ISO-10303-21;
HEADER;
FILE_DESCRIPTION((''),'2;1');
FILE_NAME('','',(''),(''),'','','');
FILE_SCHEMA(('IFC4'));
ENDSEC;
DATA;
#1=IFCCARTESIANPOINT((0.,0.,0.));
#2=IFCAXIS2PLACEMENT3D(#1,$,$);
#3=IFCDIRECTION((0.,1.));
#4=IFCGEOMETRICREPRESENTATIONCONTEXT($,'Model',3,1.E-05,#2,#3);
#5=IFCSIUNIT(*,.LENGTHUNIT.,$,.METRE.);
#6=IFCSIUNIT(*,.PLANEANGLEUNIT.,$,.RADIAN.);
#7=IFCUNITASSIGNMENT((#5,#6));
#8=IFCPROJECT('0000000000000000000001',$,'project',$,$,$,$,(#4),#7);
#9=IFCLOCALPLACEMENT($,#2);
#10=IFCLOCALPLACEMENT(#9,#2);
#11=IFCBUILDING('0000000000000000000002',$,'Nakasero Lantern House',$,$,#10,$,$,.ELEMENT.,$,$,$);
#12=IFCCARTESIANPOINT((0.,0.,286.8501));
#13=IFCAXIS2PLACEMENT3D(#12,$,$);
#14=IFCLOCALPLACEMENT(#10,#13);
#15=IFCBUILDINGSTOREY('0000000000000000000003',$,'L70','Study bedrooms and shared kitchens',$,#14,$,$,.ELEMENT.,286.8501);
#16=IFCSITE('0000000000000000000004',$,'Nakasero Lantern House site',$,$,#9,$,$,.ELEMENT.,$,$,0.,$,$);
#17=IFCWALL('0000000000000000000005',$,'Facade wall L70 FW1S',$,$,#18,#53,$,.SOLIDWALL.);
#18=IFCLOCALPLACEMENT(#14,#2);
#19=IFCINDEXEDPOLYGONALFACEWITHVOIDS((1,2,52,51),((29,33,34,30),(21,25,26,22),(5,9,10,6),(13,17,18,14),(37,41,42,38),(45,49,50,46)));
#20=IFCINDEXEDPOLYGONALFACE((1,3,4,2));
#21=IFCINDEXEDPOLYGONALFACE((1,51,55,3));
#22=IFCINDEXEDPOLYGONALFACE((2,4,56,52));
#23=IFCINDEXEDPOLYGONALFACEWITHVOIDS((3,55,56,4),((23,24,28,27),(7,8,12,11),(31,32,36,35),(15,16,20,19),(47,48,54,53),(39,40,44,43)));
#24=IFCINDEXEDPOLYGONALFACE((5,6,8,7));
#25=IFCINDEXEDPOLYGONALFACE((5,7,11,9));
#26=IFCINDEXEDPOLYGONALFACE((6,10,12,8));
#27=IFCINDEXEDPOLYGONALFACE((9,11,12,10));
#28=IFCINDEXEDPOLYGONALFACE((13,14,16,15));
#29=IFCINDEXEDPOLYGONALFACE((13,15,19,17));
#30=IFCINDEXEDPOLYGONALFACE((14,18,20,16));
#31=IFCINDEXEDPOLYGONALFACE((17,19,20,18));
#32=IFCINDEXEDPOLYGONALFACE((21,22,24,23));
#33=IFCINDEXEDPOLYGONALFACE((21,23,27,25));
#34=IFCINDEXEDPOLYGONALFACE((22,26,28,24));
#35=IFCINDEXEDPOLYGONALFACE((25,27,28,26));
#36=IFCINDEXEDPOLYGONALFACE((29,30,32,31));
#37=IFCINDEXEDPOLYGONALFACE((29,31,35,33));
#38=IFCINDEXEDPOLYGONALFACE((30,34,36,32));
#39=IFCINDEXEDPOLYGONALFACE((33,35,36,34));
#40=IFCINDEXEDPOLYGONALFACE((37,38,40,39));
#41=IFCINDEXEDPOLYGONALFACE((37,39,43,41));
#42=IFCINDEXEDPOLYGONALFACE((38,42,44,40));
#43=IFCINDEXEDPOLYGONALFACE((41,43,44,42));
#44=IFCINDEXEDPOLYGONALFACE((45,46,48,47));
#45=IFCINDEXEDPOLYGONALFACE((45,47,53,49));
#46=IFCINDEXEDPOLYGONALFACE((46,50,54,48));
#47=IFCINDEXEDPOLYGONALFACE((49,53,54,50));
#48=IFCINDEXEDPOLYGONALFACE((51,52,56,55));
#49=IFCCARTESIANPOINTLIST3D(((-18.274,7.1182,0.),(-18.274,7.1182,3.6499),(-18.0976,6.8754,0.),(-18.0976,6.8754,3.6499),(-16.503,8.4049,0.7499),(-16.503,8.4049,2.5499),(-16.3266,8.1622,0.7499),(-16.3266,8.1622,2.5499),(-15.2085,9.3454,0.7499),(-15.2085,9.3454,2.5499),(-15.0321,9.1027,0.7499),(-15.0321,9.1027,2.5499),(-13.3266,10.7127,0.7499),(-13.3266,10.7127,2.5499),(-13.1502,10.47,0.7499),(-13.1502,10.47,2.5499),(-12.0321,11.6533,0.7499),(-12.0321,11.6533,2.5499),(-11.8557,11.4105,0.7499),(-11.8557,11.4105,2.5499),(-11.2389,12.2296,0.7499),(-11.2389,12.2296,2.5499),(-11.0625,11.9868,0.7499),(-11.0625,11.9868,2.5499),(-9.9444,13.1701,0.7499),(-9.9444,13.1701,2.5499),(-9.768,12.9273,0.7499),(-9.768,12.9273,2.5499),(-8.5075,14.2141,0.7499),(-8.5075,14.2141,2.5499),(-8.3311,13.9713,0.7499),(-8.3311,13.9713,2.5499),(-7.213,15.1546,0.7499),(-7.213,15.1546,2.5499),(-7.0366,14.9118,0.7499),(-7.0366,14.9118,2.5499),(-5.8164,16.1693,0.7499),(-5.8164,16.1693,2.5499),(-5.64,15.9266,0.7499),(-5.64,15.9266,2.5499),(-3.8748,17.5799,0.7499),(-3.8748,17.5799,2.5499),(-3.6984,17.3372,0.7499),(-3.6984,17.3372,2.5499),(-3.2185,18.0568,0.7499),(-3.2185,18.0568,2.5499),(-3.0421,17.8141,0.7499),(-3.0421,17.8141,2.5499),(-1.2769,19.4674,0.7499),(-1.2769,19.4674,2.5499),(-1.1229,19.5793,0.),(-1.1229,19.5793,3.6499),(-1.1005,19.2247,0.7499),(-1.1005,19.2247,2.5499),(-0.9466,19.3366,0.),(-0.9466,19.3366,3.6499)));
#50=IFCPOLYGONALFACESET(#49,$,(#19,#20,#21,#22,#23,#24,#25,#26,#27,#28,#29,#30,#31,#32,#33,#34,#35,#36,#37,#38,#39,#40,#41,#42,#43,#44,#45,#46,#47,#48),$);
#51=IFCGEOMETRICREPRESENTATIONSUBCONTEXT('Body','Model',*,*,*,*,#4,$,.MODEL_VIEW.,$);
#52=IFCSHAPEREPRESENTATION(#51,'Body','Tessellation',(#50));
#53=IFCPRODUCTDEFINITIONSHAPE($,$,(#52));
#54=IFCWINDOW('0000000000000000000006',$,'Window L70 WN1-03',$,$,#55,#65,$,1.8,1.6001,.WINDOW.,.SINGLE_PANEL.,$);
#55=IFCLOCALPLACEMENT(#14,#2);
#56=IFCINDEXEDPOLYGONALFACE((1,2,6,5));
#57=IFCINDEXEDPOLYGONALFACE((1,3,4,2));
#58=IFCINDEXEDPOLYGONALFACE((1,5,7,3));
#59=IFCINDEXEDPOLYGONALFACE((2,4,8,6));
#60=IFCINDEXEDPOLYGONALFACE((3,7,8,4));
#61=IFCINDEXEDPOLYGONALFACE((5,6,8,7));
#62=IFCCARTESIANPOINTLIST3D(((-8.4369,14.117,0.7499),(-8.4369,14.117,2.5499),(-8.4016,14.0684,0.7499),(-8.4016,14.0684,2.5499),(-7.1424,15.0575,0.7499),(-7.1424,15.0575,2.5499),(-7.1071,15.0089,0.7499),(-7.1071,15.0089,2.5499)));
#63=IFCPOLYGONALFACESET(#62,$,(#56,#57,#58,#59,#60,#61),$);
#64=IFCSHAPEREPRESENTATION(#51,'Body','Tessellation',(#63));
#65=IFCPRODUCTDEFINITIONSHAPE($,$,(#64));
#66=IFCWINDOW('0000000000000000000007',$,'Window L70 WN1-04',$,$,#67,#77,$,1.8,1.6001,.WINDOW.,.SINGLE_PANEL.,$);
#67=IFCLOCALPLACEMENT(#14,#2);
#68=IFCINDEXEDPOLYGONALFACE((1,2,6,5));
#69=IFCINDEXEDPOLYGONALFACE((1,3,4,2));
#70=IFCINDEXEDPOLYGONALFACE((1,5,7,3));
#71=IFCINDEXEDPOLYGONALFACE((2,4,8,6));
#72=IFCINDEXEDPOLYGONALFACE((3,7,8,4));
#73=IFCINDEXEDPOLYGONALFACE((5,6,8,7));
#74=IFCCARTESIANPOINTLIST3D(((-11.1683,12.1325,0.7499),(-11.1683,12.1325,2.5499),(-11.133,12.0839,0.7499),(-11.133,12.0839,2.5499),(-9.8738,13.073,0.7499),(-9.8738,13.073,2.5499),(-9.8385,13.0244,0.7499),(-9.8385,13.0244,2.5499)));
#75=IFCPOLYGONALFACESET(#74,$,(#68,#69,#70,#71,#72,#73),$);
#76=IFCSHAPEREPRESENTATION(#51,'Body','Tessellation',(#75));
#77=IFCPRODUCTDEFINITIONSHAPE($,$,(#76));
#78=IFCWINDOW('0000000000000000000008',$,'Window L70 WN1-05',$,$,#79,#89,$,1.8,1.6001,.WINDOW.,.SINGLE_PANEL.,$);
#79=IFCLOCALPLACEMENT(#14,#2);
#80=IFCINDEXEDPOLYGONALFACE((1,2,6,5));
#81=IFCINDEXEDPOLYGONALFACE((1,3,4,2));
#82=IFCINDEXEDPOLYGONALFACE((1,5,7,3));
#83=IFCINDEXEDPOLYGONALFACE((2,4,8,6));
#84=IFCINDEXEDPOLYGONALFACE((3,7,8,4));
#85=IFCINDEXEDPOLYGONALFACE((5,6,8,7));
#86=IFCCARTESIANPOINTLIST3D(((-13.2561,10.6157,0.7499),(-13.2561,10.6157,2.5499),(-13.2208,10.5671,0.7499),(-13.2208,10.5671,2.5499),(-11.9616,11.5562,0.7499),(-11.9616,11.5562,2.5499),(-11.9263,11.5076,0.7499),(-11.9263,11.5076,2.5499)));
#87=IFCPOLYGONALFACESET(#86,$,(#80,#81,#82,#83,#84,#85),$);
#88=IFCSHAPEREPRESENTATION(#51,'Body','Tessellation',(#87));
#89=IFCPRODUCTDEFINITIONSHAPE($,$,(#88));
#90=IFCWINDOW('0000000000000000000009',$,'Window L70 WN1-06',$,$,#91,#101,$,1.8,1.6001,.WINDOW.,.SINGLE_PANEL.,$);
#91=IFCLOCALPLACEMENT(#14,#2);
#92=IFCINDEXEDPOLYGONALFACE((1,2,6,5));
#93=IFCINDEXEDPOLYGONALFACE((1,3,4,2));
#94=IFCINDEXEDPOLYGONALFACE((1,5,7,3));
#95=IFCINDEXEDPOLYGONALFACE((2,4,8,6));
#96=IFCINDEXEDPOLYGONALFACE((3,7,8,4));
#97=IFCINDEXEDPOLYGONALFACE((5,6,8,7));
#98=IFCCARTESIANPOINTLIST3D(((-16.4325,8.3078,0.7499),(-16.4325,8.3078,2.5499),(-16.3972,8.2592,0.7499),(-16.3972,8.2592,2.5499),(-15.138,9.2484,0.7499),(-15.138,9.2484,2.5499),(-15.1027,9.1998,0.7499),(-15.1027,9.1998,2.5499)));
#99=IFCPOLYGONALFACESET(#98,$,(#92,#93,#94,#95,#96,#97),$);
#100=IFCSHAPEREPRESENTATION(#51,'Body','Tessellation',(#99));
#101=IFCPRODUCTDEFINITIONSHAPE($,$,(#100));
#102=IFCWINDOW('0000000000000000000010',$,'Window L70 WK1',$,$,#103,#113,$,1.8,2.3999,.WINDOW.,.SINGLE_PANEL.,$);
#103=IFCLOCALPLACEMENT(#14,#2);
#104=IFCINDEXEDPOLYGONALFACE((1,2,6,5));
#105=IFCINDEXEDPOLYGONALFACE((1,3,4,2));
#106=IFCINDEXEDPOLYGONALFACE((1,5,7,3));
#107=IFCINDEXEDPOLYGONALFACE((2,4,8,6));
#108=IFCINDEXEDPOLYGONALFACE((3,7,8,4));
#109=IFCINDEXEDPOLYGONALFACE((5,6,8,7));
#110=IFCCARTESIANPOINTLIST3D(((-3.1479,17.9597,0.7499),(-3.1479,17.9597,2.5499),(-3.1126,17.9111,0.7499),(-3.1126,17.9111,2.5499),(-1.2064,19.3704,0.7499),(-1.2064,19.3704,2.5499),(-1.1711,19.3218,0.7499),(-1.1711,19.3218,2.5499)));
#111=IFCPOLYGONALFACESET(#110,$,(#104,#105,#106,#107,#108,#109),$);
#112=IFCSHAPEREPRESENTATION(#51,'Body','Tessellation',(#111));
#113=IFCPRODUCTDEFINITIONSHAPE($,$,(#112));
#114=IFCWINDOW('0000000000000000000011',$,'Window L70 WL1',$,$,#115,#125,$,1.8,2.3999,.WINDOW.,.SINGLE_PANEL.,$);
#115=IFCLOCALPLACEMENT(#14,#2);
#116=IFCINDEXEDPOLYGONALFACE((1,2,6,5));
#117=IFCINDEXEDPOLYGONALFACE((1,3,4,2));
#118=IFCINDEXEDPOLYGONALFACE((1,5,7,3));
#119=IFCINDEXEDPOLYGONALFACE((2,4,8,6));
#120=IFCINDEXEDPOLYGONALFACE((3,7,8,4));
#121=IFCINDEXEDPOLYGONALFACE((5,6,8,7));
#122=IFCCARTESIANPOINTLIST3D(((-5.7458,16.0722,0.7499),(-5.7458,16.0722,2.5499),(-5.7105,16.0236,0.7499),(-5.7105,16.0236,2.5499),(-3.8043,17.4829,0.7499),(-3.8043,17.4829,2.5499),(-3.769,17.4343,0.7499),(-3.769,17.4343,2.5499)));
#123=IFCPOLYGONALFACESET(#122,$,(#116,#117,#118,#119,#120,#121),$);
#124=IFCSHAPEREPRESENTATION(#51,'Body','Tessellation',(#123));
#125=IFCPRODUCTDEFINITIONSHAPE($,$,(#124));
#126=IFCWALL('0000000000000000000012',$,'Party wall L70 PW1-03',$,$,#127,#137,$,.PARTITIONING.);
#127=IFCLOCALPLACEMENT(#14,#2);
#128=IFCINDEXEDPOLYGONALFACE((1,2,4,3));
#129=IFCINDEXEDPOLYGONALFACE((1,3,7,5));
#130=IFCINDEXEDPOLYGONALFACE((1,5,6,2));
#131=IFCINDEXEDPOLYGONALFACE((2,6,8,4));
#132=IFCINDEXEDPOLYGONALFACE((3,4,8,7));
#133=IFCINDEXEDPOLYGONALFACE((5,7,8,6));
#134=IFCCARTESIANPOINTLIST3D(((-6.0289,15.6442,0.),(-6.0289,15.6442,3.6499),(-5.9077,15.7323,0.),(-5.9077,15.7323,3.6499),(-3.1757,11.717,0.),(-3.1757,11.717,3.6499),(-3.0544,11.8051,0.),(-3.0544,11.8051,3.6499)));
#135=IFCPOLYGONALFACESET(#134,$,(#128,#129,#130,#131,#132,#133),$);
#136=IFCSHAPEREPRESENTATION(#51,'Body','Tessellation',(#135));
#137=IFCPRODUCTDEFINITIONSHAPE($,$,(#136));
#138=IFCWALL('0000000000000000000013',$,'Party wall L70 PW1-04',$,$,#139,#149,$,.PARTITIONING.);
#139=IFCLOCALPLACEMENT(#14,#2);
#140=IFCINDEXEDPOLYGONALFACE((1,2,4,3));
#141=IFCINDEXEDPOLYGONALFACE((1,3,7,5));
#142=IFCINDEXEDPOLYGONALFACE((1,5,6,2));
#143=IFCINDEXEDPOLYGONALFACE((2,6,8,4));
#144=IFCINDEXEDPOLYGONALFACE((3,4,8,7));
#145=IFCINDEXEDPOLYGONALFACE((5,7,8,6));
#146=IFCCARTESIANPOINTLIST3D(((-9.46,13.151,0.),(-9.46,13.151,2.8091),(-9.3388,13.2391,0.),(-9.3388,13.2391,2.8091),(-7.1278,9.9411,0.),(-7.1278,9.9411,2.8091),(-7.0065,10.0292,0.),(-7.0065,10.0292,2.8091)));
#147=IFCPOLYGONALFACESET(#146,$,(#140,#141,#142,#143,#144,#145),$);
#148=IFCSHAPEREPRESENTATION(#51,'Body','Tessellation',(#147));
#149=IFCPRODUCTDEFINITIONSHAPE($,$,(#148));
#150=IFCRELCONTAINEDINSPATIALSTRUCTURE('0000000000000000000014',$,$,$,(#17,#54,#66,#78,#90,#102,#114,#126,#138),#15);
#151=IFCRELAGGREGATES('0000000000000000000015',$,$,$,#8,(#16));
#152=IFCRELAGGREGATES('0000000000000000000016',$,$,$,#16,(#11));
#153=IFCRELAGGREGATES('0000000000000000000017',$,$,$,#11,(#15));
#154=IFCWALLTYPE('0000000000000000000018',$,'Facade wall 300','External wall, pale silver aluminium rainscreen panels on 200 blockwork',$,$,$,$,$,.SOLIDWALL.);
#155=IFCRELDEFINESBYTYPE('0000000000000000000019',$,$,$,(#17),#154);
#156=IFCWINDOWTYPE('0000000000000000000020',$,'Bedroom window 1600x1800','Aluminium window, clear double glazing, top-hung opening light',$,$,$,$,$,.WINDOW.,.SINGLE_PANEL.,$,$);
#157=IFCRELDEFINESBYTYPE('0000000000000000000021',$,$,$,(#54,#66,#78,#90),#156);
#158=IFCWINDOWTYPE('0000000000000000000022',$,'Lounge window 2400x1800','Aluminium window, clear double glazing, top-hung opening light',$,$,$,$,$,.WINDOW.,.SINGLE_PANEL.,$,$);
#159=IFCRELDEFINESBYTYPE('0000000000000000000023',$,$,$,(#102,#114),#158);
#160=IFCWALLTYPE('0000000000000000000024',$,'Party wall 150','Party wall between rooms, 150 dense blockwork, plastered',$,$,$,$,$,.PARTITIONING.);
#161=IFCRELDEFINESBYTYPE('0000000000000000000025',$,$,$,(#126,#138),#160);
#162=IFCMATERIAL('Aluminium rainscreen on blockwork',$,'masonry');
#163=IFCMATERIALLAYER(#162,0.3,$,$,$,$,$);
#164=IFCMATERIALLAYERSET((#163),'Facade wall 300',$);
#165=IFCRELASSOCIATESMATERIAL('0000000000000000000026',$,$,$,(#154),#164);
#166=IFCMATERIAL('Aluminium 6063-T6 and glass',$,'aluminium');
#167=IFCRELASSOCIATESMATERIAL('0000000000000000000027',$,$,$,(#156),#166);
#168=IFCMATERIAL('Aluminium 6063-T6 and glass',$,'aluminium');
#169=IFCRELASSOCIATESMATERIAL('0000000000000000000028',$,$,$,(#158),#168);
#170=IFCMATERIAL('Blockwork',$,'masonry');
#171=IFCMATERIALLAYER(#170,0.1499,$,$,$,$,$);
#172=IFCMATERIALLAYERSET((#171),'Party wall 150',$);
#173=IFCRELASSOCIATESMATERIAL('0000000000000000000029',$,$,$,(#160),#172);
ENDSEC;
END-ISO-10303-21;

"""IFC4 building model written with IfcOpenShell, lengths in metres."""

from ifc_helpers import new_model, si_unit, direction, frame, frame_2d, origin, place, context, subcontext, project, spatial, rectangle, extrude, material, layer, layer_set, type_object, element, fill, save


model = new_model("IFC4")

# Units and contexts
model_context = context("Model", 3, precision=1e-05, world=origin(), true_north=direction((0.0, 1.0)))
body_context = subcontext(model_context, "Body", "Model", "MODEL_VIEW")
ifc_project = project(units=[si_unit("LENGTHUNIT", "METRE"), si_unit("PLANEANGLEUNIT", "RADIAN")], contexts=[model_context])

# Site, building, storey
site_placement = place(None, origin())
site = spatial("IfcSite", under=ifc_project, at=site_placement, Name="Nakasero Lantern House site", CompositionType="ELEMENT", RefElevation=0.0)
building_placement = place(site_placement, origin())
building = spatial("IfcBuilding", under=site, at=building_placement, Name="Nakasero Lantern House", CompositionType="ELEMENT")
storey_placement = place(building_placement, frame((0.0, 0.0, 286.8501)))
storey = spatial("IfcBuildingStorey", under=building, at=storey_placement, Name="L70", Description="Study bedrooms and shared kitchens", CompositionType="ELEMENT", Elevation=286.8501)

# Wall, openings, windows
ifc_material_1 = material(Name="Aluminium rainscreen on blockwork", Category="masonry")
ifc_layer_1 = layer(ifc_material_1, 0.3)
ifc_layer_set_1 = layer_set([ifc_layer_1], Name="Facade wall 300")
wall_type_1 = type_object("IfcWallType", Name="Facade wall 300", Description="External wall, pale silver aluminium rainscreen panels on 200 blockwork", PredefinedType="SOLIDWALL", material=ifc_layer_set_1)
wall_1_placement = place(storey_placement, frame((-1.0347, 19.458, 0.0), z_axis=(0.0, 0.0, 1.0), x_axis=(-0.809013, -0.58779, 0.0)))
wall_1 = element("IfcWall", 1, at=wall_1_placement, inside=storey, type_object=wall_type_1, Name="Facade wall L70 FW1S", PredefinedType="SOLIDWALL", context=body_context, shape_type="SweptSolid", body=[
    extrude(rectangle(XDim=21.2, YDim=0.3, at=frame_2d((10.6001, 0.0))), origin(), (0.0, 0.0, 1.0), 3.6499),
])
opening_1_placement = place(wall_1_placement, frame((7.5278, 0.0, 0.75)))
opening_1 = element("IfcOpeningElement", 2, at=opening_1_placement, cuts=wall_1, PredefinedType="OPENING", context=body_context, shape_type="SweptSolid", body=[
    extrude(rectangle(XDim=1.6001, YDim=1.8, at=frame_2d((0.8, 0.8999))), frame((0.0, 0.1699, 0.0), z_axis=(0.0, -1.0, 0.0), x_axis=(1.0, 0.0, 0.0)), (0.0, 0.0, 1.0), 0.3401),
])
opening_2_placement = place(wall_1_placement, frame((10.9041, 0.0, 0.75)))
opening_2 = element("IfcOpeningElement", 3, at=opening_2_placement, cuts=wall_1, PredefinedType="OPENING", context=body_context, shape_type="SweptSolid", body=[
    extrude(rectangle(XDim=1.6001, YDim=1.8, at=frame_2d((0.8, 0.8999))), frame((0.0, 0.1699, 0.0), z_axis=(0.0, -1.0, 0.0), x_axis=(1.0, 0.0, 0.0)), (0.0, 0.0, 1.0), 0.3401),
])
opening_3_placement = place(wall_1_placement, frame((13.4846, 0.0, 0.75)))
opening_3 = element("IfcOpeningElement", 4, at=opening_3_placement, cuts=wall_1, PredefinedType="OPENING", context=body_context, shape_type="SweptSolid", body=[
    extrude(rectangle(XDim=1.6001, YDim=1.8, at=frame_2d((0.8, 0.8999))), frame((0.0, 0.1699, 0.0), z_axis=(0.0, -1.0, 0.0), x_axis=(1.0, 0.0, 0.0)), (0.0, 0.0, 1.0), 0.3401),
])
opening_4_placement = place(wall_1_placement, frame((17.4109, 0.0, 0.75)))
opening_4 = element("IfcOpeningElement", 5, at=opening_4_placement, cuts=wall_1, PredefinedType="OPENING", context=body_context, shape_type="SweptSolid", body=[
    extrude(rectangle(XDim=1.6001, YDim=1.8, at=frame_2d((0.8, 0.8999))), frame((0.0, 0.1699, 0.0), z_axis=(0.0, -1.0, 0.0), x_axis=(1.0, 0.0, 0.0)), (0.0, 0.0, 1.0), 0.3401),
])
opening_5_placement = place(wall_1_placement, frame((0.1904, 0.0, 0.75)))
opening_5 = element("IfcOpeningElement", 6, at=opening_5_placement, cuts=wall_1, PredefinedType="OPENING", context=body_context, shape_type="SweptSolid", body=[
    extrude(rectangle(XDim=2.3999, YDim=1.8, at=frame_2d((1.2, 0.8999))), frame((0.0, 0.1699, 0.0), z_axis=(0.0, -1.0, 0.0), x_axis=(1.0, 0.0, 0.0)), (0.0, 0.0, 1.0), 0.3401),
])
opening_6_placement = place(wall_1_placement, frame((3.4016, 0.0, 0.75)))
opening_6 = element("IfcOpeningElement", 7, at=opening_6_placement, cuts=wall_1, PredefinedType="OPENING", context=body_context, shape_type="SweptSolid", body=[
    extrude(rectangle(XDim=2.3999, YDim=1.8, at=frame_2d((1.2, 0.8999))), frame((0.0, 0.1699, 0.0), z_axis=(0.0, -1.0, 0.0), x_axis=(1.0, 0.0, 0.0)), (0.0, 0.0, 1.0), 0.3401),
])
ifc_material_2 = material(Name="Aluminium 6063-T6 and glass", Category="aluminium")
window_type_1 = type_object("IfcWindowType", Name="Bedroom window 1600x1800", Description="Aluminium window, clear double glazing, top-hung opening light", PartitioningType="SINGLE_PANEL", PredefinedType="WINDOW", material=ifc_material_2)
window_1_placement = place(opening_1_placement, origin())
window_1 = element("IfcWindow", 8, at=window_1_placement, inside=storey, type_object=window_type_1, Name="Window L70 WN1-03", OverallHeight=1.8, OverallWidth=1.6001, PartitioningType="SINGLE_PANEL", PredefinedType="WINDOW", context=body_context, shape_type="SweptSolid", body=[
    extrude(rectangle(XDim=1.6001, YDim=1.8, at=frame_2d((0.8, 0.8999))), frame((0.0, 0.03, 0.0), z_axis=(0.0, -1.0, 0.0), x_axis=(1.0, 0.0, 0.0)), (0.0, 0.0, 1.0), 0.0601),
])
fill(opening_1, window_1)
window_2_placement = place(opening_2_placement, origin())
window_2 = element("IfcWindow", 9, at=window_2_placement, inside=storey, type_object=window_type_1, Name="Window L70 WN1-04", OverallHeight=1.8, OverallWidth=1.6001, PartitioningType="SINGLE_PANEL", PredefinedType="WINDOW", context=body_context, shape_type="SweptSolid", body=[
    extrude(rectangle(XDim=1.6001, YDim=1.8, at=frame_2d((0.8, 0.8999))), frame((0.0, 0.03, 0.0), z_axis=(0.0, -1.0, 0.0), x_axis=(1.0, 0.0, 0.0)), (0.0, 0.0, 1.0), 0.0601),
])
fill(opening_2, window_2)
window_3_placement = place(opening_3_placement, origin())
window_3 = element("IfcWindow", 10, at=window_3_placement, inside=storey, type_object=window_type_1, Name="Window L70 WN1-05", OverallHeight=1.8, OverallWidth=1.6001, PartitioningType="SINGLE_PANEL", PredefinedType="WINDOW", context=body_context, shape_type="SweptSolid", body=[
    extrude(rectangle(XDim=1.6001, YDim=1.8, at=frame_2d((0.8, 0.8999))), frame((0.0, 0.03, 0.0), z_axis=(0.0, -1.0, 0.0), x_axis=(1.0, 0.0, 0.0)), (0.0, 0.0, 1.0), 0.0601),
])
fill(opening_3, window_3)
window_4_placement = place(opening_4_placement, origin())
window_4 = element("IfcWindow", 11, at=window_4_placement, inside=storey, type_object=window_type_1, Name="Window L70 WN1-06", OverallHeight=1.8, OverallWidth=1.6001, PartitioningType="SINGLE_PANEL", PredefinedType="WINDOW", context=body_context, shape_type="SweptSolid", body=[
    extrude(rectangle(XDim=1.6001, YDim=1.8, at=frame_2d((0.8, 0.8999))), frame((0.0, 0.03, 0.0), z_axis=(0.0, -1.0, 0.0), x_axis=(1.0, 0.0, 0.0)), (0.0, 0.0, 1.0), 0.0601),
])
fill(opening_4, window_4)
ifc_material_3 = material(Name="Aluminium 6063-T6 and glass", Category="aluminium")
window_type_2 = type_object("IfcWindowType", Name="Lounge window 2400x1800", Description="Aluminium window, clear double glazing, top-hung opening light", PartitioningType="SINGLE_PANEL", PredefinedType="WINDOW", material=ifc_material_3)
window_5_placement = place(opening_5_placement, origin())
window_5 = element("IfcWindow", 12, at=window_5_placement, inside=storey, type_object=window_type_2, Name="Window L70 WK1", OverallHeight=1.8, OverallWidth=2.3999, PartitioningType="SINGLE_PANEL", PredefinedType="WINDOW", context=body_context, shape_type="SweptSolid", body=[
    extrude(rectangle(XDim=2.3999, YDim=1.8, at=frame_2d((1.2, 0.8999))), frame((0.0, 0.03, 0.0), z_axis=(0.0, -1.0, 0.0), x_axis=(1.0, 0.0, 0.0)), (0.0, 0.0, 1.0), 0.0601),
])
fill(opening_5, window_5)
window_6_placement = place(opening_6_placement, origin())
window_6 = element("IfcWindow", 13, at=window_6_placement, inside=storey, type_object=window_type_2, Name="Window L70 WL1", OverallHeight=1.8, OverallWidth=2.3999, PartitioningType="SINGLE_PANEL", PredefinedType="WINDOW", context=body_context, shape_type="SweptSolid", body=[
    extrude(rectangle(XDim=2.3999, YDim=1.8, at=frame_2d((1.2, 0.8999))), frame((0.0, 0.03, 0.0), z_axis=(0.0, -1.0, 0.0), x_axis=(1.0, 0.0, 0.0)), (0.0, 0.0, 1.0), 0.0601),
])
fill(opening_6, window_6)

# Walls
ifc_material_4 = material(Name="Blockwork", Category="masonry")
ifc_layer_2 = layer(ifc_material_4, 0.1499)
ifc_layer_set_2 = layer_set([ifc_layer_2], Name="Party wall 150")
wall_type_2 = type_object("IfcWallType", Name="Party wall 150", Description="Party wall between rooms, 150 dense blockwork, plastered", PredefinedType="PARTITIONING", material=ifc_layer_set_2)
wall_2_placement = place(storey_placement, frame((-3.115, 11.761, 0.0), z_axis=(0.0, 0.0, 1.0), x_axis=(-0.58778, 0.809021, 0.0)))
element("IfcWall", 14, at=wall_2_placement, inside=storey, type_object=wall_type_2, Name="Party wall L70 PW1-03", PredefinedType="PARTITIONING", context=body_context, shape_type="SweptSolid", body=[
    extrude(rectangle(XDim=4.8542, YDim=0.1499, at=frame_2d((2.4272, 0.0))), origin(), (0.0, 0.0, 1.0), 3.6499),
])
wall_3_placement = place(storey_placement, frame((-7.0671, 9.9851, 0.0), z_axis=(0.0, 0.0, 1.0), x_axis=(-0.587802, 0.809005, 0.0)))
element("IfcWall", 15, at=wall_3_placement, inside=storey, type_object=wall_type_2, Name="Party wall L70 PW1-04", PredefinedType="PARTITIONING", context=body_context, shape_type="SweptSolid", body=[
    extrude(rectangle(XDim=3.9678, YDim=0.1499, at=frame_2d((1.9839, 0.0))), origin(), (0.0, 0.0, 1.0), 2.8091),
])

save(model, "model.ifc")
